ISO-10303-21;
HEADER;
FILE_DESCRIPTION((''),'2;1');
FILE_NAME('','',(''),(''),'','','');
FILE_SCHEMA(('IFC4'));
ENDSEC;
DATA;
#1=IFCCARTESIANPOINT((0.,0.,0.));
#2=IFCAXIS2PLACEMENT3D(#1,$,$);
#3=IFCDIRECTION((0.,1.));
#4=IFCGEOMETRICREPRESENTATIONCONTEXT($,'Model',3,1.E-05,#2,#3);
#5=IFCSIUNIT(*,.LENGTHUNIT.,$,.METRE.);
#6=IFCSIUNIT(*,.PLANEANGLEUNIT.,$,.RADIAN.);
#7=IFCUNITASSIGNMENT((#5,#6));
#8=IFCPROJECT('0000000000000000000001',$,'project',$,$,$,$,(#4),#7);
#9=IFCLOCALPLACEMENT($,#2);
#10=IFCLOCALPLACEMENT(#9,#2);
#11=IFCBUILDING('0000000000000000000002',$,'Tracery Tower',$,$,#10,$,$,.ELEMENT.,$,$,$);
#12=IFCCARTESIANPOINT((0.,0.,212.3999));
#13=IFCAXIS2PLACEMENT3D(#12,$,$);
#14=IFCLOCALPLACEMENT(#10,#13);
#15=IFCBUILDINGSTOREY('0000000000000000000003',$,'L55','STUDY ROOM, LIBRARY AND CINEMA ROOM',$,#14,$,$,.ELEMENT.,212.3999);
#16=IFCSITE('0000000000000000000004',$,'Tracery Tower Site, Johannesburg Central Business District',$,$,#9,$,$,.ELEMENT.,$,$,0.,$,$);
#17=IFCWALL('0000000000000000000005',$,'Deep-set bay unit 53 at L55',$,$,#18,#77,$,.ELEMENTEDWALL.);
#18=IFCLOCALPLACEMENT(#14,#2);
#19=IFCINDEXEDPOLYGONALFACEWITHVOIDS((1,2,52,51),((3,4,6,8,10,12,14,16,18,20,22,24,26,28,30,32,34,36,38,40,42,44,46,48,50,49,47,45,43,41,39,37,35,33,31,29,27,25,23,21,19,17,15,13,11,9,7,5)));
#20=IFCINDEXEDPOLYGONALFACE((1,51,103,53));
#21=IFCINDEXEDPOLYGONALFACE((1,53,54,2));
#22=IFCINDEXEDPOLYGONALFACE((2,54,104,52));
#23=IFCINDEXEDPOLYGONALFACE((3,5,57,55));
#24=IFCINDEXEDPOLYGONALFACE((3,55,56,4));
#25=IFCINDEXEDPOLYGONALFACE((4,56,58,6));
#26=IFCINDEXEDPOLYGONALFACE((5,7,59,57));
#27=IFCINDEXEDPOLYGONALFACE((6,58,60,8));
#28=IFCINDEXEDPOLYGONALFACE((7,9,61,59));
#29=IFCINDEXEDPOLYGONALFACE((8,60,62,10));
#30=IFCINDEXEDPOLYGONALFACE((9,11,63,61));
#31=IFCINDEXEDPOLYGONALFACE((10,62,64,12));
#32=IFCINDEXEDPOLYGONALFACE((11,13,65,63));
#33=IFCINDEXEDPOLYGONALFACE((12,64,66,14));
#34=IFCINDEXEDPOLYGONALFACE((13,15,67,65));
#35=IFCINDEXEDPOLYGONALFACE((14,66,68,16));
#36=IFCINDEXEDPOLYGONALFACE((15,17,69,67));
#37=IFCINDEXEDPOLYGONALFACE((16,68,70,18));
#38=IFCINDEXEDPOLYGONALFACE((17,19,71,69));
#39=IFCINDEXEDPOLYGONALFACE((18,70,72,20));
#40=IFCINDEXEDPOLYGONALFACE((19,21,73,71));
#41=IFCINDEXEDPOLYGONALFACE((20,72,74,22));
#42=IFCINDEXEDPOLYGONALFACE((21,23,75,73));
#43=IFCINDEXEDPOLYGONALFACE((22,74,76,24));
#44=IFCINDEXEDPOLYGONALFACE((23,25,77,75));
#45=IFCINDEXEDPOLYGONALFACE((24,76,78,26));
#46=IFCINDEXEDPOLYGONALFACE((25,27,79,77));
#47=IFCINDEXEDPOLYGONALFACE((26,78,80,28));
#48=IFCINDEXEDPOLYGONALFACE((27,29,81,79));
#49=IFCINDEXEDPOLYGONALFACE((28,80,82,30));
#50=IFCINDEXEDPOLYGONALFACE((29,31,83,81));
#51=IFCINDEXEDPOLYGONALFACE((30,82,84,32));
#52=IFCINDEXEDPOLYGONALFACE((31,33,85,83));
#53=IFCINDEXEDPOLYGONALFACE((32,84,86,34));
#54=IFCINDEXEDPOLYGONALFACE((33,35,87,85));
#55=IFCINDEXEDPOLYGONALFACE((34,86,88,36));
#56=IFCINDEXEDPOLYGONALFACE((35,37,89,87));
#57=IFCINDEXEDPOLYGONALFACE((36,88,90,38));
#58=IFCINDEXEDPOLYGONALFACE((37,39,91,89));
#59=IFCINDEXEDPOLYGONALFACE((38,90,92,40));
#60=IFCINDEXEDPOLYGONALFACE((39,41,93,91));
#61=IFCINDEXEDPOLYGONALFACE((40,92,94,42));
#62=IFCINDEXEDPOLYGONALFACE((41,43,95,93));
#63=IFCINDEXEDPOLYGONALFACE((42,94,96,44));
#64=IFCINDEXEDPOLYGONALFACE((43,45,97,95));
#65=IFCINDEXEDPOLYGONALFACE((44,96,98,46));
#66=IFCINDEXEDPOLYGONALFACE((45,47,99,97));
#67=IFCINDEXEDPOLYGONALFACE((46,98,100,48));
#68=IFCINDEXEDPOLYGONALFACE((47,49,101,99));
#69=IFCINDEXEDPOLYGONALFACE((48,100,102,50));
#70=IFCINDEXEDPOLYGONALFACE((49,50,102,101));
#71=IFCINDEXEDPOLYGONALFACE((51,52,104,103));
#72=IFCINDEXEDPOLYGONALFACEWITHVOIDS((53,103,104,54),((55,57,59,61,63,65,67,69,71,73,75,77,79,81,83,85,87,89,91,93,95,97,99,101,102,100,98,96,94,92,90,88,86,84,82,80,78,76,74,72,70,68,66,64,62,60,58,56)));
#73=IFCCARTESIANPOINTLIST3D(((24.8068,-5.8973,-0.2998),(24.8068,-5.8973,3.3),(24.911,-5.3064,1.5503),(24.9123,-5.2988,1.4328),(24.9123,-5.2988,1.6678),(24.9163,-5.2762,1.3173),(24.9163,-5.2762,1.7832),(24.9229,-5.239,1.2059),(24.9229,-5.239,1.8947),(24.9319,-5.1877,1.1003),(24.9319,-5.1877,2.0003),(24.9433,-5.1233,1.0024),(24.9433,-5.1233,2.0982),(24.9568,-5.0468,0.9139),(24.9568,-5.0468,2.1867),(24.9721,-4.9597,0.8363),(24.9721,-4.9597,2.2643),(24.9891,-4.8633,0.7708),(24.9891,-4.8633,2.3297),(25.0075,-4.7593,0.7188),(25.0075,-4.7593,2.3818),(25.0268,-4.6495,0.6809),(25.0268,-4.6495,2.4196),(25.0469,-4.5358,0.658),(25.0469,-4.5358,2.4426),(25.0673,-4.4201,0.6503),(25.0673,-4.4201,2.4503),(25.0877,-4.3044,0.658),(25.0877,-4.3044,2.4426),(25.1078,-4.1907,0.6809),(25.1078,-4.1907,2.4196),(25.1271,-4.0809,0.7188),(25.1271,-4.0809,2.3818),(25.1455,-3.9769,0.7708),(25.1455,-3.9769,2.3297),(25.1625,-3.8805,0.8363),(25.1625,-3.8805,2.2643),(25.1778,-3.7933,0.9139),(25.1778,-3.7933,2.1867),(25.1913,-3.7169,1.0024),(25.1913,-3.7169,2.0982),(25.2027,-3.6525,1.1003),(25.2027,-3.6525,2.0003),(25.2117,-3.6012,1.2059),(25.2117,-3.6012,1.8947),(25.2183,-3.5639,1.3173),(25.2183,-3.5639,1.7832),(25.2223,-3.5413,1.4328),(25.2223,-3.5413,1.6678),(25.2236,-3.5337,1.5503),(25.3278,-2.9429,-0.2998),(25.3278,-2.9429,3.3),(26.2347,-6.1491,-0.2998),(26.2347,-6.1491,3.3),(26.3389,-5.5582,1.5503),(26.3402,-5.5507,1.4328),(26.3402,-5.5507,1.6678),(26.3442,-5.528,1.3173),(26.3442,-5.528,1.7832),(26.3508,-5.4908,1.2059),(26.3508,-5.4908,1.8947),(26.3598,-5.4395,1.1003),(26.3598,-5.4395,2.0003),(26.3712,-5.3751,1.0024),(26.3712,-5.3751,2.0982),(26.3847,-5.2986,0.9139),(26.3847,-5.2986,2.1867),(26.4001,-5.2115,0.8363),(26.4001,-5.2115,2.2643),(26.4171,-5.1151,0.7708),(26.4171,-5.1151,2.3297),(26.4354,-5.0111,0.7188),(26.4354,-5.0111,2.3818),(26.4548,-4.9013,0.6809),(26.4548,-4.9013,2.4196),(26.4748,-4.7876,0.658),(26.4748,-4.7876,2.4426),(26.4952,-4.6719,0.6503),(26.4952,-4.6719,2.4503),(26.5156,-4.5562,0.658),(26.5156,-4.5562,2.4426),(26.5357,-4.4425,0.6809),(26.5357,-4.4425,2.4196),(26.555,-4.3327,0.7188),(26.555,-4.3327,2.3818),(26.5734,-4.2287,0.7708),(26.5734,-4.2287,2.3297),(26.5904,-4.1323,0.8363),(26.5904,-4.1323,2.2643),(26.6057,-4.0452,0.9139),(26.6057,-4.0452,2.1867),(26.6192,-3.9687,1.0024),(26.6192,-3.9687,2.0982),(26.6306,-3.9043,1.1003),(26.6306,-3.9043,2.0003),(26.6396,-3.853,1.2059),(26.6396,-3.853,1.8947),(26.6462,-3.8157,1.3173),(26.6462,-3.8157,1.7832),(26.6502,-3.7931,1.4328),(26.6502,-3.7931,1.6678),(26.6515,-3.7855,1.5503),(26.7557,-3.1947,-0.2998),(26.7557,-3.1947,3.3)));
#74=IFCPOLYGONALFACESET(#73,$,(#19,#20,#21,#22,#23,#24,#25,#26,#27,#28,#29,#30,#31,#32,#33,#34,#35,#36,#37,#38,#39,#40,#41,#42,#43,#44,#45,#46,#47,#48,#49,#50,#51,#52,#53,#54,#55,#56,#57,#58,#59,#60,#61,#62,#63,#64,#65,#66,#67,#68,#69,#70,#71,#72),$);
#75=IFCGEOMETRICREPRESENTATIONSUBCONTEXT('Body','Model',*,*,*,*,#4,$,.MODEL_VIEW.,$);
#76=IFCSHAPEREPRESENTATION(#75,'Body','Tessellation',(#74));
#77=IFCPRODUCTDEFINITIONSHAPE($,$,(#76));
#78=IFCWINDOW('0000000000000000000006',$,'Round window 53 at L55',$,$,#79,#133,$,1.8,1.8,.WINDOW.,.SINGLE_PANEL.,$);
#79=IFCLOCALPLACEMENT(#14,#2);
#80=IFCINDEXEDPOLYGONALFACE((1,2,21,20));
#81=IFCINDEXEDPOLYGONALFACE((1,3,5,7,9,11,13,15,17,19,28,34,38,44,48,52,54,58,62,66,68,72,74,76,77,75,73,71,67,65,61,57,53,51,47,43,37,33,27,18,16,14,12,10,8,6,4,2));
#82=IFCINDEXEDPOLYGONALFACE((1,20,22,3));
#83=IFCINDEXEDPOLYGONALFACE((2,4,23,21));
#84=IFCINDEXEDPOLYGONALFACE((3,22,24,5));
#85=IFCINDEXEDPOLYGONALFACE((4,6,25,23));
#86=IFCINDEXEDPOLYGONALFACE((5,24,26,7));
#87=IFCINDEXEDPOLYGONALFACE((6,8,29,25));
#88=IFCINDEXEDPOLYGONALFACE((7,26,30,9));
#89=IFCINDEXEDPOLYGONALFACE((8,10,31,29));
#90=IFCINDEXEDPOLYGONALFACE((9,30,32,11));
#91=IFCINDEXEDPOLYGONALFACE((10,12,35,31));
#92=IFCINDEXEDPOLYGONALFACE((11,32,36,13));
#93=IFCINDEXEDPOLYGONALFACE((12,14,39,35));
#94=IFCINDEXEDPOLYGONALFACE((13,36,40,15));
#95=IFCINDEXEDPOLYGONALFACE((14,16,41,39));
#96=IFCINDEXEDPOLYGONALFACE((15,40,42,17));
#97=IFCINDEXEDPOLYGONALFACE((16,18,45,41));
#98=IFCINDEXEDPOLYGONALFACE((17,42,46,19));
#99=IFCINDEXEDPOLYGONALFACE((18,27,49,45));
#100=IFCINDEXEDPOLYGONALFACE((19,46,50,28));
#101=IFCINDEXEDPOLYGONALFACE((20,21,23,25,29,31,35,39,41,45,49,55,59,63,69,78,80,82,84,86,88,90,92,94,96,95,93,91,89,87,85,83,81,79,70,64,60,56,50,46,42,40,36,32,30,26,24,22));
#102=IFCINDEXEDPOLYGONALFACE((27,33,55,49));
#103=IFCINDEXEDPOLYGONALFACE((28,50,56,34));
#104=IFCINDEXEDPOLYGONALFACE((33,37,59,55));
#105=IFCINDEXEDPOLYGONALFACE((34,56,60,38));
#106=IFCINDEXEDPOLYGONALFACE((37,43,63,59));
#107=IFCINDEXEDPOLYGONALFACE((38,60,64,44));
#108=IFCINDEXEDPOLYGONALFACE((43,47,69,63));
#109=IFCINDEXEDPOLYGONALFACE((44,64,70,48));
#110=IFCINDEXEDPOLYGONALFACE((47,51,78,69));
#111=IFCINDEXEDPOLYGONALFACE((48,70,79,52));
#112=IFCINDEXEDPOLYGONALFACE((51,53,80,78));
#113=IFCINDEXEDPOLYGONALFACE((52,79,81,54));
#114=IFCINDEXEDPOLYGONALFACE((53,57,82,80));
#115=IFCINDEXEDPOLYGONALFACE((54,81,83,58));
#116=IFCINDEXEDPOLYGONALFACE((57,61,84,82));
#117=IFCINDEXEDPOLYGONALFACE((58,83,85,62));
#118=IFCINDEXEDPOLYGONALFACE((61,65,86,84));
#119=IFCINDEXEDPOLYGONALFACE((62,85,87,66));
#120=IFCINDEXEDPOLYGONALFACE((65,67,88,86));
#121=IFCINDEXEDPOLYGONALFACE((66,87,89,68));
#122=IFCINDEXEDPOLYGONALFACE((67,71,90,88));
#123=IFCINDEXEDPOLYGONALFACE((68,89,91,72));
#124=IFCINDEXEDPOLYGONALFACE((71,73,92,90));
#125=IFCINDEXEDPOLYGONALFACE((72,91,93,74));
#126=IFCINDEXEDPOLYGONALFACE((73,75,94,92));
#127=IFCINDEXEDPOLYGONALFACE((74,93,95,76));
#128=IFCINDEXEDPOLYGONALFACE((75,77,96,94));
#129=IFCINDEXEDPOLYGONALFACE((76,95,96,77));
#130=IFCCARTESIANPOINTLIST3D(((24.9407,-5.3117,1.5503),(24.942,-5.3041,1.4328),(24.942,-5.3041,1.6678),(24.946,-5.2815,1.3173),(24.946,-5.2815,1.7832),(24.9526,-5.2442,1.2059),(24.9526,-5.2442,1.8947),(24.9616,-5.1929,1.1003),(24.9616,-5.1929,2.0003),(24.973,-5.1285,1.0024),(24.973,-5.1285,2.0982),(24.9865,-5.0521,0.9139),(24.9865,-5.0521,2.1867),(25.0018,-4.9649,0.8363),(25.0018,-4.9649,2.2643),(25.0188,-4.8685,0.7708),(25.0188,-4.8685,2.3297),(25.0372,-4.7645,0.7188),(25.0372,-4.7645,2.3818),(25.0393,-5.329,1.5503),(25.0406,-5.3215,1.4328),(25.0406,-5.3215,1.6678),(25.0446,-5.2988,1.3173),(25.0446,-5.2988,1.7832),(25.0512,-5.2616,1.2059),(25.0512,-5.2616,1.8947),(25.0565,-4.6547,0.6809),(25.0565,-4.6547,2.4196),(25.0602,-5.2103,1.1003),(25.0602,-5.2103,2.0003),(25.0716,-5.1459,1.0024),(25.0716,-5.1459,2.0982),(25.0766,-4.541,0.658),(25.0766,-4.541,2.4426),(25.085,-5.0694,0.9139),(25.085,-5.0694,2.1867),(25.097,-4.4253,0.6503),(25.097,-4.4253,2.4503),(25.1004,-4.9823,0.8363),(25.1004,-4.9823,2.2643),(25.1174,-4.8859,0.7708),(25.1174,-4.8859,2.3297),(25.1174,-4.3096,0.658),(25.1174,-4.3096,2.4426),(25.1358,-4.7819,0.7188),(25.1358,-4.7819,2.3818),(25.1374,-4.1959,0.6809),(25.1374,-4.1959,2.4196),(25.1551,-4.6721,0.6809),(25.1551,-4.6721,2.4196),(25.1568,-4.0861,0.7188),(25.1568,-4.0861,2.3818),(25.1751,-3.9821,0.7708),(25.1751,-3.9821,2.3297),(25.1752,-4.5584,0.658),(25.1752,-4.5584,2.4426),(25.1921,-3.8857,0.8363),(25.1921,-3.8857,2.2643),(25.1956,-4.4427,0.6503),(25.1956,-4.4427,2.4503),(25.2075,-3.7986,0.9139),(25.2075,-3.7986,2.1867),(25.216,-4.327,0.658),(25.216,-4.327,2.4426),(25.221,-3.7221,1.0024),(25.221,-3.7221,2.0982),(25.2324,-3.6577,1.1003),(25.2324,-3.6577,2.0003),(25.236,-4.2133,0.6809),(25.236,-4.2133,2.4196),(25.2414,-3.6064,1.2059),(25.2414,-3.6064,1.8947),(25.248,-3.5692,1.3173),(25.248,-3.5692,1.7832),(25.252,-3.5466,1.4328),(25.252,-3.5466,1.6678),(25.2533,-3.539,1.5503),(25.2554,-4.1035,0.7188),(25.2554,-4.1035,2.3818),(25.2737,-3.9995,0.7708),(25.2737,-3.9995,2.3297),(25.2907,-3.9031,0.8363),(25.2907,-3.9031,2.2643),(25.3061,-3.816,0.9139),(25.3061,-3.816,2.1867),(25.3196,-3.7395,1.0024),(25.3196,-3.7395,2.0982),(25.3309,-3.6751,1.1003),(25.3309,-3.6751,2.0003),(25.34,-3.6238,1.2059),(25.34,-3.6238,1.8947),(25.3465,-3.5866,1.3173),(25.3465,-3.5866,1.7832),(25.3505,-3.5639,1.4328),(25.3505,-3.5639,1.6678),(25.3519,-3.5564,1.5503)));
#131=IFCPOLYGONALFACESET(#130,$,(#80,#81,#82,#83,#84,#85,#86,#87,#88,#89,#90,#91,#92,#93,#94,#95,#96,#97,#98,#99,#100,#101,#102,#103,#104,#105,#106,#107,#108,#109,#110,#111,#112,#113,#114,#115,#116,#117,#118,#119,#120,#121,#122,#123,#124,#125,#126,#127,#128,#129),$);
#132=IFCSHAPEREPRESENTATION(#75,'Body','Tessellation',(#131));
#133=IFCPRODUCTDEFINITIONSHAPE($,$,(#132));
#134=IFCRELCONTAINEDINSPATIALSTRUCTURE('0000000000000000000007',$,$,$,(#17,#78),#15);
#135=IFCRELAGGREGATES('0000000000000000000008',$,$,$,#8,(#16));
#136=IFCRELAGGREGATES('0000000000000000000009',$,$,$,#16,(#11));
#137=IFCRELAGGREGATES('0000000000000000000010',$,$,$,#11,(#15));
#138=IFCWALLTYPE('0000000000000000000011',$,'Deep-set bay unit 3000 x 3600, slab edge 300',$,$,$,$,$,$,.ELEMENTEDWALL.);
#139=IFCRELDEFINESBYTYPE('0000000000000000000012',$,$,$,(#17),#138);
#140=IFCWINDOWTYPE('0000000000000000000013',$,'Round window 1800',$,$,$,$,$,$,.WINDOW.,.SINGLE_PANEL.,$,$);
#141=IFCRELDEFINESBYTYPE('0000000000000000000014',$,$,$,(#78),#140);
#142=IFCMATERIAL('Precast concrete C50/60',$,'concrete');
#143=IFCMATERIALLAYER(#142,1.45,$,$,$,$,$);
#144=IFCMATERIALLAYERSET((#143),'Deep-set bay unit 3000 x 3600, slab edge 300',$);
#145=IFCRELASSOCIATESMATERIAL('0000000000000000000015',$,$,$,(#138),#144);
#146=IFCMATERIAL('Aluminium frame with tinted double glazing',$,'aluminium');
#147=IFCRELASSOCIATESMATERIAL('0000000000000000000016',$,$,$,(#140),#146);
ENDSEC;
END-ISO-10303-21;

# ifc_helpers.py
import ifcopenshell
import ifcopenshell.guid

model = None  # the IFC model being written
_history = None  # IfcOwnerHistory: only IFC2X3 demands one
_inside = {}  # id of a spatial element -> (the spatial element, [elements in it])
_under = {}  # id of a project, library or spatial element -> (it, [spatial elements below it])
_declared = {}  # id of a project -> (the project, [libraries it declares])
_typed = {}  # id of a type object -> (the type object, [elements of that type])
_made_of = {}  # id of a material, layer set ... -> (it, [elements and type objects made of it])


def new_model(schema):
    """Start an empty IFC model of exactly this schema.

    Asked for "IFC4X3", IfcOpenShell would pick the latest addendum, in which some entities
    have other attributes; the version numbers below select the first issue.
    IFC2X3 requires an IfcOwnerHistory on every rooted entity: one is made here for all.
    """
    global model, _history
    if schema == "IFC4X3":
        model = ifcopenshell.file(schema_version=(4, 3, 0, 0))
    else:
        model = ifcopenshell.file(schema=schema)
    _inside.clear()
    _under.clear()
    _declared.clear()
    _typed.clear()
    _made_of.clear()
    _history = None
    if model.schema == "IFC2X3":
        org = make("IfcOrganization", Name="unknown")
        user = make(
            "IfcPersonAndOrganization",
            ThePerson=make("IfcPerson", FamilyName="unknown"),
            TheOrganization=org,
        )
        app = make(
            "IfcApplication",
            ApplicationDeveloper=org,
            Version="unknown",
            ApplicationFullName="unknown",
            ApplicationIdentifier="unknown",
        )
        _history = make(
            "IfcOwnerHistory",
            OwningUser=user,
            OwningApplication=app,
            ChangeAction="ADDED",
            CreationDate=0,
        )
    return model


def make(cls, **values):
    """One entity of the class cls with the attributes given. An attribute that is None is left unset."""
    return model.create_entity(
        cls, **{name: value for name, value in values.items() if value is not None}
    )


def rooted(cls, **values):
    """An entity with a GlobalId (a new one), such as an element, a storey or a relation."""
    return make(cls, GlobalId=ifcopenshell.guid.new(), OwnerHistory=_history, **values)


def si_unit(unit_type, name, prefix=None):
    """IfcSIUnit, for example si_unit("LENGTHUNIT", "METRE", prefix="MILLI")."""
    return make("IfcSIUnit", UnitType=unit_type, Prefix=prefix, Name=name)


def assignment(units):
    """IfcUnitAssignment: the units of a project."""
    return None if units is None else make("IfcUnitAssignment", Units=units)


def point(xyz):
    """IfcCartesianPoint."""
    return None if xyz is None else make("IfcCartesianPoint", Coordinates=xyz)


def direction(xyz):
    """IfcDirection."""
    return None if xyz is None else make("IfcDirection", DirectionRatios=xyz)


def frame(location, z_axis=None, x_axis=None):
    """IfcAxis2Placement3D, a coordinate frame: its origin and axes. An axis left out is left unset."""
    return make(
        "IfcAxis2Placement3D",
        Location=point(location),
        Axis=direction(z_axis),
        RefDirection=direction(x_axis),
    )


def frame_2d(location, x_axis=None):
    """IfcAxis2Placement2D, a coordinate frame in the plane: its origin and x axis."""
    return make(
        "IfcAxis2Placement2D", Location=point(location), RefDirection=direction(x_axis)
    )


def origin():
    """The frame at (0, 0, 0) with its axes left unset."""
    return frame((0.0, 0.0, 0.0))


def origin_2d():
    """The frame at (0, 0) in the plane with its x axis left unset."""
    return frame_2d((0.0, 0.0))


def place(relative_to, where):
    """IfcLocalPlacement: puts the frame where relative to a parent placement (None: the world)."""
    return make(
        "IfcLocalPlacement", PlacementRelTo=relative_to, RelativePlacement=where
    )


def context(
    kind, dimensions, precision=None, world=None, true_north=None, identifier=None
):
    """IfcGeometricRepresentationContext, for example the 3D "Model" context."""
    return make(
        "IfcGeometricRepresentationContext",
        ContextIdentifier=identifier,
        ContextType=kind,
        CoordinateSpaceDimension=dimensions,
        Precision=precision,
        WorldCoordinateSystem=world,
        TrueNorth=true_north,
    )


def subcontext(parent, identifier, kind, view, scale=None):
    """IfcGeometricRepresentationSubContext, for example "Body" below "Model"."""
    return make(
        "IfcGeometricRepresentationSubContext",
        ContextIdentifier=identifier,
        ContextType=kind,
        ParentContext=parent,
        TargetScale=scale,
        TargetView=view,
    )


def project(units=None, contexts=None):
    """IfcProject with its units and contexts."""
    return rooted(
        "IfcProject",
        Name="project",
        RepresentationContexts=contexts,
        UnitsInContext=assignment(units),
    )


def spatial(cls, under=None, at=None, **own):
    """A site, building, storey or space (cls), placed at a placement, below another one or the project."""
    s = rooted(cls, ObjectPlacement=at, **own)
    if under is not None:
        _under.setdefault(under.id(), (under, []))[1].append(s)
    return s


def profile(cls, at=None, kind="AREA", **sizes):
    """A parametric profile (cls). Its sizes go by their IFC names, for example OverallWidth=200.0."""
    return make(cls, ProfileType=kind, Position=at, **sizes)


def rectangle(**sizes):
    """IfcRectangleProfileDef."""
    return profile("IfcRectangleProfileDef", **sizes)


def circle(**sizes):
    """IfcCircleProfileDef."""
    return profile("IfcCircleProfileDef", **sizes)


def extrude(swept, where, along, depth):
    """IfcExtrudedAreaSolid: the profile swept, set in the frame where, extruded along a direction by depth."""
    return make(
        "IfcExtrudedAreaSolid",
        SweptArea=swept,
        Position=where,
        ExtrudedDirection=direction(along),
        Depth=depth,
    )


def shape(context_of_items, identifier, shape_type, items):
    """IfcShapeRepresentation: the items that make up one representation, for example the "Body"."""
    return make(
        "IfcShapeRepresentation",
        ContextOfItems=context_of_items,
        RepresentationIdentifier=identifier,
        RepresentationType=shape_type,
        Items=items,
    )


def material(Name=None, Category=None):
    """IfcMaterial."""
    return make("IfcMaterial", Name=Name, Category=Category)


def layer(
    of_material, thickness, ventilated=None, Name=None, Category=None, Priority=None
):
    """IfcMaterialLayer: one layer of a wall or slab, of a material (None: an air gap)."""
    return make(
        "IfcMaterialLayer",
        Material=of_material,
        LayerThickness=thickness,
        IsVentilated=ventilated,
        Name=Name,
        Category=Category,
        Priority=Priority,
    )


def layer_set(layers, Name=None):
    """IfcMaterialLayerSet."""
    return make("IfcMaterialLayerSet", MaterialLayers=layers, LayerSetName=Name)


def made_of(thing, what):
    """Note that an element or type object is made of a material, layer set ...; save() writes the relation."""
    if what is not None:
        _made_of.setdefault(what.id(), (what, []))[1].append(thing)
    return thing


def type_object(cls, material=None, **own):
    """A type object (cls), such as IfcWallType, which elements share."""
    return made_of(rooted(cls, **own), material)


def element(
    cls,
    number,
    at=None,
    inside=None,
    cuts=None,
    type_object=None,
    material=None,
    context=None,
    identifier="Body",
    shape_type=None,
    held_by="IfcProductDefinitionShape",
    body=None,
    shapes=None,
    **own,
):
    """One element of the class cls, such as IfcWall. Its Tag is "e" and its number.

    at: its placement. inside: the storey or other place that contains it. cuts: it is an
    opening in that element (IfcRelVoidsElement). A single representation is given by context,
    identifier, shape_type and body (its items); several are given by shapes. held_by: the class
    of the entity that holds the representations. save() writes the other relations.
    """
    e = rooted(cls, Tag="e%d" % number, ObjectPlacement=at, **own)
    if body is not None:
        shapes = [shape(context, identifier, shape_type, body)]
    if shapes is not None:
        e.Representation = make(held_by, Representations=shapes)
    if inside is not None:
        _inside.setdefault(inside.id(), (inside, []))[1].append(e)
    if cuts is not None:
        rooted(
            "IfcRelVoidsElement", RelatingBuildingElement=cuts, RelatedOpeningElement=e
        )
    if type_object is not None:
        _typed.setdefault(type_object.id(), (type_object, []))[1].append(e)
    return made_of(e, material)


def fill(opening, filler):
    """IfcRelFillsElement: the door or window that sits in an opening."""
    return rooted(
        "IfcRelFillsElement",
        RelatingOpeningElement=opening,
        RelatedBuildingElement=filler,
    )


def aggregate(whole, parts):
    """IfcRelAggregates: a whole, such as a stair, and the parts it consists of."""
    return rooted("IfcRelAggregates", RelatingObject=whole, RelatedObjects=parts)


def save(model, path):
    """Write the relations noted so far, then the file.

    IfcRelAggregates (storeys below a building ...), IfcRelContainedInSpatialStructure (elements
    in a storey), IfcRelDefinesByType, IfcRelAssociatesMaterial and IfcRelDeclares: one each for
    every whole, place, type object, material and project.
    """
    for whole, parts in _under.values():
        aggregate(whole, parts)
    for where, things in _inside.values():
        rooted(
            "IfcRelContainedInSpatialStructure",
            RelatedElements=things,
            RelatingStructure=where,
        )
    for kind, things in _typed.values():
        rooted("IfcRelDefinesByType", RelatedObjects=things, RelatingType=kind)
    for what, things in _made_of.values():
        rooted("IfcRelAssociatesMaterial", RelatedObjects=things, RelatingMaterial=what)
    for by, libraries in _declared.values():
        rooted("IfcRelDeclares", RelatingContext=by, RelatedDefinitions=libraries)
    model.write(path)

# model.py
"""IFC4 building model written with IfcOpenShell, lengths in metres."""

from ifc_helpers import new_model, si_unit, direction, frame, frame_2d, origin, origin_2d, place, context, subcontext, project, spatial, rectangle, circle, extrude, material, layer, layer_set, type_object, element, fill, save


model = new_model("IFC4")

# Units and contexts
model_context = context("Model", 3, precision=1e-05, world=origin(), true_north=direction((0.0, 1.0)))
body_context = subcontext(model_context, "Body", "Model", "MODEL_VIEW")
ifc_project = project(units=[si_unit("LENGTHUNIT", "METRE"), si_unit("PLANEANGLEUNIT", "RADIAN")], contexts=[model_context])

# Site, building, storey
site_placement = place(None, origin())
site = spatial("IfcSite", under=ifc_project, at=site_placement, Name="Tracery Tower Site, Johannesburg Central Business District", CompositionType="ELEMENT", RefElevation=0.0)
building_placement = place(site_placement, origin())
building = spatial("IfcBuilding", under=site, at=building_placement, Name="Tracery Tower", CompositionType="ELEMENT")
storey_placement = place(building_placement, frame((0.0, 0.0, 212.3999)))
storey = spatial("IfcBuildingStorey", under=building, at=storey_placement, Name="L55", Description="STUDY ROOM, LIBRARY AND CINEMA ROOM", CompositionType="ELEMENT", Elevation=212.3999)

# Wall, opening, window
ifc_material_1 = material(Name="Precast concrete C50/60", Category="concrete")
ifc_layer_1 = layer(ifc_material_1, 1.45)
ifc_layer_set_1 = layer_set([ifc_layer_1], Name="Deep-set bay unit 3000 x 3600, slab edge 300")
wall_type_1 = type_object("IfcWallType", Name="Deep-set bay unit 3000 x 3600, slab edge 300", PredefinedType="ELEMENTEDWALL", material=ifc_layer_set_1)
wall_1_placement = place(storey_placement, frame((25.5208, -6.0232, -0.2998), z_axis=(0.0, 0.0, 1.0), x_axis=(0.173669, 0.984804, 0.0)))
wall_1 = element("IfcWall", 1, at=wall_1_placement, inside=storey, type_object=wall_type_1, Name="Deep-set bay unit 53 at L55", PredefinedType="ELEMENTEDWALL", context=body_context, shape_type="SweptSolid", body=[
    extrude(rectangle(XDim=3.0, YDim=1.45, at=frame_2d((1.5, 0.0))), origin(), (0.0, 0.0, 1.0), 3.5999),
])
opening_1_placement = place(wall_1_placement, frame((1.5, 0.0, 1.8501)))
opening_1 = element("IfcOpeningElement", 2, at=opening_1_placement, cuts=wall_1, PredefinedType="OPENING", context=body_context, shape_type="SweptSolid", body=[
    extrude(circle(Radius=0.9, at=origin_2d()), frame((0.0, 0.7349, 0.0), z_axis=(0.0, -1.0, 0.0), x_axis=(1.0, 0.0, 0.0)), (0.0, 0.0, 1.0), 1.47),
])
ifc_material_2 = material(Name="Aluminium frame with tinted double glazing", Category="aluminium")
window_type = type_object("IfcWindowType", Name="Round window 1800", PartitioningType="SINGLE_PANEL", PredefinedType="WINDOW", material=ifc_material_2)
window_1_placement = place(opening_1_placement, origin())
window_1 = element("IfcWindow", 3, at=window_1_placement, inside=storey, type_object=window_type, Name="Round window 53 at L55", OverallHeight=1.8, OverallWidth=1.8, PartitioningType="SINGLE_PANEL", PredefinedType="WINDOW", context=body_context, shape_type="SweptSolid", body=[
    extrude(circle(Radius=0.9, at=origin_2d()), frame((0.0, 0.6948, 0.0), z_axis=(0.0, -1.0, 0.0), x_axis=(1.0, 0.0, 0.0)), (0.0, 0.0, 1.0), 0.1001),
])
fill(opening_1, window_1)

save(model, "model.ifc")
